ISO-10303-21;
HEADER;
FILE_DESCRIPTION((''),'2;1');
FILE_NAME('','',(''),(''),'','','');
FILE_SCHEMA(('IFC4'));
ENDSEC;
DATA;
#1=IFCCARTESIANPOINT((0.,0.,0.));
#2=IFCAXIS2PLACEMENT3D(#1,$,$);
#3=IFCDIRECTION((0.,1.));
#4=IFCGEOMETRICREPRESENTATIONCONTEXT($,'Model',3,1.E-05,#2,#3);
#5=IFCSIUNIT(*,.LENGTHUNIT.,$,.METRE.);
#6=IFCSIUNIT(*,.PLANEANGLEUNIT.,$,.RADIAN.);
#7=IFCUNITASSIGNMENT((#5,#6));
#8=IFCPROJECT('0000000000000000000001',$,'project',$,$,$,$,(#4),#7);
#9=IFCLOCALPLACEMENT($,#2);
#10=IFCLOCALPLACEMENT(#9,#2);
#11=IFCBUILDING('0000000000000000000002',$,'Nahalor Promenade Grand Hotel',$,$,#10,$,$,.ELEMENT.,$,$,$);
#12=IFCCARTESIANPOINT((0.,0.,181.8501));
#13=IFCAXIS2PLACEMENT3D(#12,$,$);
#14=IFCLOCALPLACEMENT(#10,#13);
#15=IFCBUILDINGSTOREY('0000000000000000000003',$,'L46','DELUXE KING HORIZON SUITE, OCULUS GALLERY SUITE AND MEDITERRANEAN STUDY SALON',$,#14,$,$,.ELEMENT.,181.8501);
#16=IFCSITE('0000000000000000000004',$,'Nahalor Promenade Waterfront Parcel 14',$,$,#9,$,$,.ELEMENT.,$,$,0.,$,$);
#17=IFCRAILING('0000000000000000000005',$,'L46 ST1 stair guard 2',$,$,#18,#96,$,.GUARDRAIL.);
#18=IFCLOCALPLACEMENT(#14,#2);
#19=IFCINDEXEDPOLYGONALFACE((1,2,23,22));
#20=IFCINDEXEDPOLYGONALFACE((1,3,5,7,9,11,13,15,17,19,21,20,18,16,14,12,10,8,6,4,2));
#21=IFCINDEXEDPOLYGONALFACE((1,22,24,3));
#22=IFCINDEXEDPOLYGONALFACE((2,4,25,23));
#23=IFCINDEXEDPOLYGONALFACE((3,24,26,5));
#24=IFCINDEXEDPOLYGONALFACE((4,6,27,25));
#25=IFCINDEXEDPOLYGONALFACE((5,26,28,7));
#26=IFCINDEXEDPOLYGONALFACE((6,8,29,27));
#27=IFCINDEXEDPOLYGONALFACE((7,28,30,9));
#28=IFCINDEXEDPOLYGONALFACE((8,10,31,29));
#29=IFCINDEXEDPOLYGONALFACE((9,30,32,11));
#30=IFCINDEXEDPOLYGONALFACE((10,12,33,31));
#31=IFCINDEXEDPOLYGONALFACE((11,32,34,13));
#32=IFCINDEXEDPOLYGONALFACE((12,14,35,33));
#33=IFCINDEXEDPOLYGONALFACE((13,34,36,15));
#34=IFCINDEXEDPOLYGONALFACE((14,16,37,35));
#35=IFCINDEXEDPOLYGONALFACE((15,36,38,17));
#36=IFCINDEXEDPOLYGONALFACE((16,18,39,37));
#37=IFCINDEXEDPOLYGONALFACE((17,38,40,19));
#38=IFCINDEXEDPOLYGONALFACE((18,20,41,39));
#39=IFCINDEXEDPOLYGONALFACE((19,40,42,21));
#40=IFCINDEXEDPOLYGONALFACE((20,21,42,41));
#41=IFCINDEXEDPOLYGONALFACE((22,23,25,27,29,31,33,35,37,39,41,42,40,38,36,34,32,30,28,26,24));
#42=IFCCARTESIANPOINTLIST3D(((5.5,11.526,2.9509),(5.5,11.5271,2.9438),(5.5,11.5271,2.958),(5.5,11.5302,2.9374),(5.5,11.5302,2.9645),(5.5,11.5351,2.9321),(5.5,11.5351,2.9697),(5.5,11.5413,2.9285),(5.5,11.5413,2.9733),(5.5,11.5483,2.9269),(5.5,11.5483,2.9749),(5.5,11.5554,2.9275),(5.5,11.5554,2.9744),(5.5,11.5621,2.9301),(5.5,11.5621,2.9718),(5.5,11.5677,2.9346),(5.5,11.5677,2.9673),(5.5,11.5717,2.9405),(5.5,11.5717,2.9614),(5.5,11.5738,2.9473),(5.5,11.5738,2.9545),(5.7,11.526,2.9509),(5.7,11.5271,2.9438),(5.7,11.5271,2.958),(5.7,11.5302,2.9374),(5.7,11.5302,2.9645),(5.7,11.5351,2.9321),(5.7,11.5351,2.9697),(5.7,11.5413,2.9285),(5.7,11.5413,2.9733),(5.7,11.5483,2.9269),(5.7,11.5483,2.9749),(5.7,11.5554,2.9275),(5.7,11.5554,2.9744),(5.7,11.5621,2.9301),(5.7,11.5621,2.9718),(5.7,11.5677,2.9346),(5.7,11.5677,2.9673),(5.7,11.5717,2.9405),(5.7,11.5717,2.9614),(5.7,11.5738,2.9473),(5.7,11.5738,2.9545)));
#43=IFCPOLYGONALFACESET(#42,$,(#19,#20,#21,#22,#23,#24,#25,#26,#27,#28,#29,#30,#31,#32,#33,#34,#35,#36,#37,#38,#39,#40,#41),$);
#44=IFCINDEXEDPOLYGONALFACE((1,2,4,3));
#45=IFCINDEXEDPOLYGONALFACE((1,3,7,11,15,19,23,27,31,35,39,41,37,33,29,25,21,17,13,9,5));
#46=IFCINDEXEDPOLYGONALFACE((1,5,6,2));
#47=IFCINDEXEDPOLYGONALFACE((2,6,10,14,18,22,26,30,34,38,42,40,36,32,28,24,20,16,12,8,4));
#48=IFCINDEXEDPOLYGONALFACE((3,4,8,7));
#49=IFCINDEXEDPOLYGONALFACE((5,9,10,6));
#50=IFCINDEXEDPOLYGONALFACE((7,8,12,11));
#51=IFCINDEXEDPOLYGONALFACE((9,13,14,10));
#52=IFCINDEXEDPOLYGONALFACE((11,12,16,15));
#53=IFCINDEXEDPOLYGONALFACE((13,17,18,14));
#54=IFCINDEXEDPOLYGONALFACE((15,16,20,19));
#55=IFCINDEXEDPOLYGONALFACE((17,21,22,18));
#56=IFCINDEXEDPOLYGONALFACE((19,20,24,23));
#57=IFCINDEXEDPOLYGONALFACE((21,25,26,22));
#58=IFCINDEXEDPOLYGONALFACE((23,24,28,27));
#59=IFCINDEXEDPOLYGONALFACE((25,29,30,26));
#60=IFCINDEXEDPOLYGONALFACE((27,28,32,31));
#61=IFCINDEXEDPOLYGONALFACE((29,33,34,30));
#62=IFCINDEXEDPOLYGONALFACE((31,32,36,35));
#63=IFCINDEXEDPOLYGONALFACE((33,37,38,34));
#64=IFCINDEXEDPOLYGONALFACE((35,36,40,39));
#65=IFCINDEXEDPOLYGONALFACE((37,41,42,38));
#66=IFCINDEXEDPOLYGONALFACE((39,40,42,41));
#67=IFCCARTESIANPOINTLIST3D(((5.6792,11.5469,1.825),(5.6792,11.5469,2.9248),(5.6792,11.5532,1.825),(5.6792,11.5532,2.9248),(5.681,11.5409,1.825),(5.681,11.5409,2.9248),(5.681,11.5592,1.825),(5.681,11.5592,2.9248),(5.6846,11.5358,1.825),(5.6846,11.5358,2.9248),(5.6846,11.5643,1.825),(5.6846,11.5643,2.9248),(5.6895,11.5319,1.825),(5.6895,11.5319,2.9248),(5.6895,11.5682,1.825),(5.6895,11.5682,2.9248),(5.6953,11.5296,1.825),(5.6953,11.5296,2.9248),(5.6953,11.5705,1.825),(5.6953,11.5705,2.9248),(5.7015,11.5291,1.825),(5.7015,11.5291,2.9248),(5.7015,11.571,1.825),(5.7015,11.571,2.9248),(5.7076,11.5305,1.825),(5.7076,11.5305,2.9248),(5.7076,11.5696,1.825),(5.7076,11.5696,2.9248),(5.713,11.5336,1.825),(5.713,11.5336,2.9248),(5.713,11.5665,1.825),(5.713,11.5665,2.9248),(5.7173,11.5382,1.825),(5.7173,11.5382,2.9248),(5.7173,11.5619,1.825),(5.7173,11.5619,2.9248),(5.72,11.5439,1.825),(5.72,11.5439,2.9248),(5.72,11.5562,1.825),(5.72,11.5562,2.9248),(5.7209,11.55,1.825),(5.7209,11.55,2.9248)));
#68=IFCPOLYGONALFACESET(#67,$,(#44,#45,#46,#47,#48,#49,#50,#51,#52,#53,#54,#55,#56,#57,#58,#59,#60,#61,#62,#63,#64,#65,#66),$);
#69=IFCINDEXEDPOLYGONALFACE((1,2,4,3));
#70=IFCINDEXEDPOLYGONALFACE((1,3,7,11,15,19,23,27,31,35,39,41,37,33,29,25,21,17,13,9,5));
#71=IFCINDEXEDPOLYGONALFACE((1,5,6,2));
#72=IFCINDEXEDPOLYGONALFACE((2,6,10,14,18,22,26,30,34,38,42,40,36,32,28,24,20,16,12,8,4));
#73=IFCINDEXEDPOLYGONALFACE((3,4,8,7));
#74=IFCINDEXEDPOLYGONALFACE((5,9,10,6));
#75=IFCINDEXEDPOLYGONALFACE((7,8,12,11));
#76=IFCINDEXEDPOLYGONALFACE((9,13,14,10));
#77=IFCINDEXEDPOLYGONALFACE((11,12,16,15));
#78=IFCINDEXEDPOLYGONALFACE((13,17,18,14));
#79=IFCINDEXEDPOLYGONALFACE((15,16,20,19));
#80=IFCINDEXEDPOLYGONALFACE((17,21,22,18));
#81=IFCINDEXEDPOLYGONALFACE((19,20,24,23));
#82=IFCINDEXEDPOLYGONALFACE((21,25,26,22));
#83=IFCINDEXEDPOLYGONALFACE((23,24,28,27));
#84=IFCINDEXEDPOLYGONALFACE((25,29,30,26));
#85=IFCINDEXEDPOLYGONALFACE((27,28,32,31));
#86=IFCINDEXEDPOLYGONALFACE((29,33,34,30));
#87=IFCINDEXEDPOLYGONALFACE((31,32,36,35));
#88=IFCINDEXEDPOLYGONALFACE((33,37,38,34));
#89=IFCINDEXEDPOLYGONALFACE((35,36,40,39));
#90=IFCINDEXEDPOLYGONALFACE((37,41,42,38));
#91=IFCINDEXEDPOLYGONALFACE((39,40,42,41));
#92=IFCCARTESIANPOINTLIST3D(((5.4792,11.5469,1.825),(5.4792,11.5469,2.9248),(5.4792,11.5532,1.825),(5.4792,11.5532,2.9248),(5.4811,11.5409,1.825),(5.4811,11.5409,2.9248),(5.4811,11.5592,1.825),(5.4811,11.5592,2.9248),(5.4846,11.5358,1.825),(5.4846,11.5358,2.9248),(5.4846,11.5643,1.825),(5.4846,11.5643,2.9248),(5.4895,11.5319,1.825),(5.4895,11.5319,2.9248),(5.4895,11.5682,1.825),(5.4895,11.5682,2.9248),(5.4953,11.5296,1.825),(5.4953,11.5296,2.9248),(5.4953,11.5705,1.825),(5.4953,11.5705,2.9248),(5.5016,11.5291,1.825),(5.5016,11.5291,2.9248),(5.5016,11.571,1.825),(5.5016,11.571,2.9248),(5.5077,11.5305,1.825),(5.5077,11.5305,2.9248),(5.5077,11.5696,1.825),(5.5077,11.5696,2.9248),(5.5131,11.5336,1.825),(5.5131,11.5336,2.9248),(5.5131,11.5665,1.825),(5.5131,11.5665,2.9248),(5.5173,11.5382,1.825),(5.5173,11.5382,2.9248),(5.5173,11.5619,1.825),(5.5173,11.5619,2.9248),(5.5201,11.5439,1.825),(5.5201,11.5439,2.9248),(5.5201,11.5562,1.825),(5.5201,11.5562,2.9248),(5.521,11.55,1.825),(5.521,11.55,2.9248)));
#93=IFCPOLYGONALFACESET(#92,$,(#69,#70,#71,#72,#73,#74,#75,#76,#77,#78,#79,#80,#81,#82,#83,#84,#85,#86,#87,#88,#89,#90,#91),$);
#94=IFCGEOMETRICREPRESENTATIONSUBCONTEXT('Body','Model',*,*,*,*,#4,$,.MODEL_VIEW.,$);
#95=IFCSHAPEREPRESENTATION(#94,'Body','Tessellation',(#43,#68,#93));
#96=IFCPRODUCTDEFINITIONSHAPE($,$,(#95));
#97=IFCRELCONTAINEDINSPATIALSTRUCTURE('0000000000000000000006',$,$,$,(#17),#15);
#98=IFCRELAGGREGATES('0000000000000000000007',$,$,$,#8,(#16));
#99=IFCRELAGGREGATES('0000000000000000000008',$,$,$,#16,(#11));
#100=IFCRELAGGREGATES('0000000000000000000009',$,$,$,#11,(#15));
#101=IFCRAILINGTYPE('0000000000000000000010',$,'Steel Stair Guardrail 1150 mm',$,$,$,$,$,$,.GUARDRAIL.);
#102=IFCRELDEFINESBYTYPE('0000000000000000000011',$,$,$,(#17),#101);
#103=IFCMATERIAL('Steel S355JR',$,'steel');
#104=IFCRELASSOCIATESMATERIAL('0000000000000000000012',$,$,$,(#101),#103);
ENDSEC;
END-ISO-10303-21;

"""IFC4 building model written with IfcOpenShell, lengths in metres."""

from ifc_helpers import new_model, si_unit, direction, frame, origin, origin_2d, place, context, subcontext, project, spatial, circle, extrude, material, type_object, element, save


model = new_model("IFC4")

# Units and contexts
model_context = context("Model", 3, precision=1e-05, world=origin(), true_north=direction((0.0, 1.0)))
body_context = subcontext(model_context, "Body", "Model", "MODEL_VIEW")
ifc_project = project(units=[si_unit("LENGTHUNIT", "METRE"), si_unit("PLANEANGLEUNIT", "RADIAN")], contexts=[model_context])

# Site, building, storey
site_placement = place(None, origin())
site = spatial("IfcSite", under=ifc_project, at=site_placement, Name="Nahalor Promenade Waterfront Parcel 14", CompositionType="ELEMENT", RefElevation=0.0)
building_placement = place(site_placement, origin())
building = spatial("IfcBuilding", under=site, at=building_placement, Name="Nahalor Promenade Grand Hotel", CompositionType="ELEMENT")
storey_placement = place(building_placement, frame((0.0, 0.0, 181.8501)))
storey = spatial("IfcBuildingStorey", under=building, at=storey_placement, Name="L46", Description="DELUXE KING HORIZON SUITE, OCULUS GALLERY SUITE AND MEDITERRANEAN STUDY SALON", CompositionType="ELEMENT", Elevation=181.8501)

# Shared definitions
ifc_material_1 = material(Name="Steel S355JR", Category="steel")

# Railing
railing_type_1 = type_object("IfcRailingType", Name="Steel Stair Guardrail 1150 mm", PredefinedType="GUARDRAIL", material=ifc_material_1)
railing_1_placement = place(storey_placement, frame((5.7, 11.55, 1.825)))
element("IfcRailing", 1, at=railing_1_placement, inside=storey, type_object=railing_type_1, Name="L46 ST1 stair guard 2", PredefinedType="GUARDRAIL", context=body_context, shape_type="SweptSolid", body=[
    extrude(circle(Radius=0.024, at=origin_2d()), frame((0.0, 0.0, 1.126), z_axis=(-1.0, 0.0, 0.0), x_axis=(0.0, -1.0, 0.0)), (0.0, 0.0, 1.0), 0.2),
    extrude(circle(Radius=0.021, at=origin_2d()), origin(), (0.0, 0.0, 1.0), 1.0999),
    extrude(circle(Radius=0.021, at=origin_2d()), frame((-0.2, 0.0, 0.0)), (0.0, 0.0, 1.0), 1.0999),
])

save(model, "model.ifc")
